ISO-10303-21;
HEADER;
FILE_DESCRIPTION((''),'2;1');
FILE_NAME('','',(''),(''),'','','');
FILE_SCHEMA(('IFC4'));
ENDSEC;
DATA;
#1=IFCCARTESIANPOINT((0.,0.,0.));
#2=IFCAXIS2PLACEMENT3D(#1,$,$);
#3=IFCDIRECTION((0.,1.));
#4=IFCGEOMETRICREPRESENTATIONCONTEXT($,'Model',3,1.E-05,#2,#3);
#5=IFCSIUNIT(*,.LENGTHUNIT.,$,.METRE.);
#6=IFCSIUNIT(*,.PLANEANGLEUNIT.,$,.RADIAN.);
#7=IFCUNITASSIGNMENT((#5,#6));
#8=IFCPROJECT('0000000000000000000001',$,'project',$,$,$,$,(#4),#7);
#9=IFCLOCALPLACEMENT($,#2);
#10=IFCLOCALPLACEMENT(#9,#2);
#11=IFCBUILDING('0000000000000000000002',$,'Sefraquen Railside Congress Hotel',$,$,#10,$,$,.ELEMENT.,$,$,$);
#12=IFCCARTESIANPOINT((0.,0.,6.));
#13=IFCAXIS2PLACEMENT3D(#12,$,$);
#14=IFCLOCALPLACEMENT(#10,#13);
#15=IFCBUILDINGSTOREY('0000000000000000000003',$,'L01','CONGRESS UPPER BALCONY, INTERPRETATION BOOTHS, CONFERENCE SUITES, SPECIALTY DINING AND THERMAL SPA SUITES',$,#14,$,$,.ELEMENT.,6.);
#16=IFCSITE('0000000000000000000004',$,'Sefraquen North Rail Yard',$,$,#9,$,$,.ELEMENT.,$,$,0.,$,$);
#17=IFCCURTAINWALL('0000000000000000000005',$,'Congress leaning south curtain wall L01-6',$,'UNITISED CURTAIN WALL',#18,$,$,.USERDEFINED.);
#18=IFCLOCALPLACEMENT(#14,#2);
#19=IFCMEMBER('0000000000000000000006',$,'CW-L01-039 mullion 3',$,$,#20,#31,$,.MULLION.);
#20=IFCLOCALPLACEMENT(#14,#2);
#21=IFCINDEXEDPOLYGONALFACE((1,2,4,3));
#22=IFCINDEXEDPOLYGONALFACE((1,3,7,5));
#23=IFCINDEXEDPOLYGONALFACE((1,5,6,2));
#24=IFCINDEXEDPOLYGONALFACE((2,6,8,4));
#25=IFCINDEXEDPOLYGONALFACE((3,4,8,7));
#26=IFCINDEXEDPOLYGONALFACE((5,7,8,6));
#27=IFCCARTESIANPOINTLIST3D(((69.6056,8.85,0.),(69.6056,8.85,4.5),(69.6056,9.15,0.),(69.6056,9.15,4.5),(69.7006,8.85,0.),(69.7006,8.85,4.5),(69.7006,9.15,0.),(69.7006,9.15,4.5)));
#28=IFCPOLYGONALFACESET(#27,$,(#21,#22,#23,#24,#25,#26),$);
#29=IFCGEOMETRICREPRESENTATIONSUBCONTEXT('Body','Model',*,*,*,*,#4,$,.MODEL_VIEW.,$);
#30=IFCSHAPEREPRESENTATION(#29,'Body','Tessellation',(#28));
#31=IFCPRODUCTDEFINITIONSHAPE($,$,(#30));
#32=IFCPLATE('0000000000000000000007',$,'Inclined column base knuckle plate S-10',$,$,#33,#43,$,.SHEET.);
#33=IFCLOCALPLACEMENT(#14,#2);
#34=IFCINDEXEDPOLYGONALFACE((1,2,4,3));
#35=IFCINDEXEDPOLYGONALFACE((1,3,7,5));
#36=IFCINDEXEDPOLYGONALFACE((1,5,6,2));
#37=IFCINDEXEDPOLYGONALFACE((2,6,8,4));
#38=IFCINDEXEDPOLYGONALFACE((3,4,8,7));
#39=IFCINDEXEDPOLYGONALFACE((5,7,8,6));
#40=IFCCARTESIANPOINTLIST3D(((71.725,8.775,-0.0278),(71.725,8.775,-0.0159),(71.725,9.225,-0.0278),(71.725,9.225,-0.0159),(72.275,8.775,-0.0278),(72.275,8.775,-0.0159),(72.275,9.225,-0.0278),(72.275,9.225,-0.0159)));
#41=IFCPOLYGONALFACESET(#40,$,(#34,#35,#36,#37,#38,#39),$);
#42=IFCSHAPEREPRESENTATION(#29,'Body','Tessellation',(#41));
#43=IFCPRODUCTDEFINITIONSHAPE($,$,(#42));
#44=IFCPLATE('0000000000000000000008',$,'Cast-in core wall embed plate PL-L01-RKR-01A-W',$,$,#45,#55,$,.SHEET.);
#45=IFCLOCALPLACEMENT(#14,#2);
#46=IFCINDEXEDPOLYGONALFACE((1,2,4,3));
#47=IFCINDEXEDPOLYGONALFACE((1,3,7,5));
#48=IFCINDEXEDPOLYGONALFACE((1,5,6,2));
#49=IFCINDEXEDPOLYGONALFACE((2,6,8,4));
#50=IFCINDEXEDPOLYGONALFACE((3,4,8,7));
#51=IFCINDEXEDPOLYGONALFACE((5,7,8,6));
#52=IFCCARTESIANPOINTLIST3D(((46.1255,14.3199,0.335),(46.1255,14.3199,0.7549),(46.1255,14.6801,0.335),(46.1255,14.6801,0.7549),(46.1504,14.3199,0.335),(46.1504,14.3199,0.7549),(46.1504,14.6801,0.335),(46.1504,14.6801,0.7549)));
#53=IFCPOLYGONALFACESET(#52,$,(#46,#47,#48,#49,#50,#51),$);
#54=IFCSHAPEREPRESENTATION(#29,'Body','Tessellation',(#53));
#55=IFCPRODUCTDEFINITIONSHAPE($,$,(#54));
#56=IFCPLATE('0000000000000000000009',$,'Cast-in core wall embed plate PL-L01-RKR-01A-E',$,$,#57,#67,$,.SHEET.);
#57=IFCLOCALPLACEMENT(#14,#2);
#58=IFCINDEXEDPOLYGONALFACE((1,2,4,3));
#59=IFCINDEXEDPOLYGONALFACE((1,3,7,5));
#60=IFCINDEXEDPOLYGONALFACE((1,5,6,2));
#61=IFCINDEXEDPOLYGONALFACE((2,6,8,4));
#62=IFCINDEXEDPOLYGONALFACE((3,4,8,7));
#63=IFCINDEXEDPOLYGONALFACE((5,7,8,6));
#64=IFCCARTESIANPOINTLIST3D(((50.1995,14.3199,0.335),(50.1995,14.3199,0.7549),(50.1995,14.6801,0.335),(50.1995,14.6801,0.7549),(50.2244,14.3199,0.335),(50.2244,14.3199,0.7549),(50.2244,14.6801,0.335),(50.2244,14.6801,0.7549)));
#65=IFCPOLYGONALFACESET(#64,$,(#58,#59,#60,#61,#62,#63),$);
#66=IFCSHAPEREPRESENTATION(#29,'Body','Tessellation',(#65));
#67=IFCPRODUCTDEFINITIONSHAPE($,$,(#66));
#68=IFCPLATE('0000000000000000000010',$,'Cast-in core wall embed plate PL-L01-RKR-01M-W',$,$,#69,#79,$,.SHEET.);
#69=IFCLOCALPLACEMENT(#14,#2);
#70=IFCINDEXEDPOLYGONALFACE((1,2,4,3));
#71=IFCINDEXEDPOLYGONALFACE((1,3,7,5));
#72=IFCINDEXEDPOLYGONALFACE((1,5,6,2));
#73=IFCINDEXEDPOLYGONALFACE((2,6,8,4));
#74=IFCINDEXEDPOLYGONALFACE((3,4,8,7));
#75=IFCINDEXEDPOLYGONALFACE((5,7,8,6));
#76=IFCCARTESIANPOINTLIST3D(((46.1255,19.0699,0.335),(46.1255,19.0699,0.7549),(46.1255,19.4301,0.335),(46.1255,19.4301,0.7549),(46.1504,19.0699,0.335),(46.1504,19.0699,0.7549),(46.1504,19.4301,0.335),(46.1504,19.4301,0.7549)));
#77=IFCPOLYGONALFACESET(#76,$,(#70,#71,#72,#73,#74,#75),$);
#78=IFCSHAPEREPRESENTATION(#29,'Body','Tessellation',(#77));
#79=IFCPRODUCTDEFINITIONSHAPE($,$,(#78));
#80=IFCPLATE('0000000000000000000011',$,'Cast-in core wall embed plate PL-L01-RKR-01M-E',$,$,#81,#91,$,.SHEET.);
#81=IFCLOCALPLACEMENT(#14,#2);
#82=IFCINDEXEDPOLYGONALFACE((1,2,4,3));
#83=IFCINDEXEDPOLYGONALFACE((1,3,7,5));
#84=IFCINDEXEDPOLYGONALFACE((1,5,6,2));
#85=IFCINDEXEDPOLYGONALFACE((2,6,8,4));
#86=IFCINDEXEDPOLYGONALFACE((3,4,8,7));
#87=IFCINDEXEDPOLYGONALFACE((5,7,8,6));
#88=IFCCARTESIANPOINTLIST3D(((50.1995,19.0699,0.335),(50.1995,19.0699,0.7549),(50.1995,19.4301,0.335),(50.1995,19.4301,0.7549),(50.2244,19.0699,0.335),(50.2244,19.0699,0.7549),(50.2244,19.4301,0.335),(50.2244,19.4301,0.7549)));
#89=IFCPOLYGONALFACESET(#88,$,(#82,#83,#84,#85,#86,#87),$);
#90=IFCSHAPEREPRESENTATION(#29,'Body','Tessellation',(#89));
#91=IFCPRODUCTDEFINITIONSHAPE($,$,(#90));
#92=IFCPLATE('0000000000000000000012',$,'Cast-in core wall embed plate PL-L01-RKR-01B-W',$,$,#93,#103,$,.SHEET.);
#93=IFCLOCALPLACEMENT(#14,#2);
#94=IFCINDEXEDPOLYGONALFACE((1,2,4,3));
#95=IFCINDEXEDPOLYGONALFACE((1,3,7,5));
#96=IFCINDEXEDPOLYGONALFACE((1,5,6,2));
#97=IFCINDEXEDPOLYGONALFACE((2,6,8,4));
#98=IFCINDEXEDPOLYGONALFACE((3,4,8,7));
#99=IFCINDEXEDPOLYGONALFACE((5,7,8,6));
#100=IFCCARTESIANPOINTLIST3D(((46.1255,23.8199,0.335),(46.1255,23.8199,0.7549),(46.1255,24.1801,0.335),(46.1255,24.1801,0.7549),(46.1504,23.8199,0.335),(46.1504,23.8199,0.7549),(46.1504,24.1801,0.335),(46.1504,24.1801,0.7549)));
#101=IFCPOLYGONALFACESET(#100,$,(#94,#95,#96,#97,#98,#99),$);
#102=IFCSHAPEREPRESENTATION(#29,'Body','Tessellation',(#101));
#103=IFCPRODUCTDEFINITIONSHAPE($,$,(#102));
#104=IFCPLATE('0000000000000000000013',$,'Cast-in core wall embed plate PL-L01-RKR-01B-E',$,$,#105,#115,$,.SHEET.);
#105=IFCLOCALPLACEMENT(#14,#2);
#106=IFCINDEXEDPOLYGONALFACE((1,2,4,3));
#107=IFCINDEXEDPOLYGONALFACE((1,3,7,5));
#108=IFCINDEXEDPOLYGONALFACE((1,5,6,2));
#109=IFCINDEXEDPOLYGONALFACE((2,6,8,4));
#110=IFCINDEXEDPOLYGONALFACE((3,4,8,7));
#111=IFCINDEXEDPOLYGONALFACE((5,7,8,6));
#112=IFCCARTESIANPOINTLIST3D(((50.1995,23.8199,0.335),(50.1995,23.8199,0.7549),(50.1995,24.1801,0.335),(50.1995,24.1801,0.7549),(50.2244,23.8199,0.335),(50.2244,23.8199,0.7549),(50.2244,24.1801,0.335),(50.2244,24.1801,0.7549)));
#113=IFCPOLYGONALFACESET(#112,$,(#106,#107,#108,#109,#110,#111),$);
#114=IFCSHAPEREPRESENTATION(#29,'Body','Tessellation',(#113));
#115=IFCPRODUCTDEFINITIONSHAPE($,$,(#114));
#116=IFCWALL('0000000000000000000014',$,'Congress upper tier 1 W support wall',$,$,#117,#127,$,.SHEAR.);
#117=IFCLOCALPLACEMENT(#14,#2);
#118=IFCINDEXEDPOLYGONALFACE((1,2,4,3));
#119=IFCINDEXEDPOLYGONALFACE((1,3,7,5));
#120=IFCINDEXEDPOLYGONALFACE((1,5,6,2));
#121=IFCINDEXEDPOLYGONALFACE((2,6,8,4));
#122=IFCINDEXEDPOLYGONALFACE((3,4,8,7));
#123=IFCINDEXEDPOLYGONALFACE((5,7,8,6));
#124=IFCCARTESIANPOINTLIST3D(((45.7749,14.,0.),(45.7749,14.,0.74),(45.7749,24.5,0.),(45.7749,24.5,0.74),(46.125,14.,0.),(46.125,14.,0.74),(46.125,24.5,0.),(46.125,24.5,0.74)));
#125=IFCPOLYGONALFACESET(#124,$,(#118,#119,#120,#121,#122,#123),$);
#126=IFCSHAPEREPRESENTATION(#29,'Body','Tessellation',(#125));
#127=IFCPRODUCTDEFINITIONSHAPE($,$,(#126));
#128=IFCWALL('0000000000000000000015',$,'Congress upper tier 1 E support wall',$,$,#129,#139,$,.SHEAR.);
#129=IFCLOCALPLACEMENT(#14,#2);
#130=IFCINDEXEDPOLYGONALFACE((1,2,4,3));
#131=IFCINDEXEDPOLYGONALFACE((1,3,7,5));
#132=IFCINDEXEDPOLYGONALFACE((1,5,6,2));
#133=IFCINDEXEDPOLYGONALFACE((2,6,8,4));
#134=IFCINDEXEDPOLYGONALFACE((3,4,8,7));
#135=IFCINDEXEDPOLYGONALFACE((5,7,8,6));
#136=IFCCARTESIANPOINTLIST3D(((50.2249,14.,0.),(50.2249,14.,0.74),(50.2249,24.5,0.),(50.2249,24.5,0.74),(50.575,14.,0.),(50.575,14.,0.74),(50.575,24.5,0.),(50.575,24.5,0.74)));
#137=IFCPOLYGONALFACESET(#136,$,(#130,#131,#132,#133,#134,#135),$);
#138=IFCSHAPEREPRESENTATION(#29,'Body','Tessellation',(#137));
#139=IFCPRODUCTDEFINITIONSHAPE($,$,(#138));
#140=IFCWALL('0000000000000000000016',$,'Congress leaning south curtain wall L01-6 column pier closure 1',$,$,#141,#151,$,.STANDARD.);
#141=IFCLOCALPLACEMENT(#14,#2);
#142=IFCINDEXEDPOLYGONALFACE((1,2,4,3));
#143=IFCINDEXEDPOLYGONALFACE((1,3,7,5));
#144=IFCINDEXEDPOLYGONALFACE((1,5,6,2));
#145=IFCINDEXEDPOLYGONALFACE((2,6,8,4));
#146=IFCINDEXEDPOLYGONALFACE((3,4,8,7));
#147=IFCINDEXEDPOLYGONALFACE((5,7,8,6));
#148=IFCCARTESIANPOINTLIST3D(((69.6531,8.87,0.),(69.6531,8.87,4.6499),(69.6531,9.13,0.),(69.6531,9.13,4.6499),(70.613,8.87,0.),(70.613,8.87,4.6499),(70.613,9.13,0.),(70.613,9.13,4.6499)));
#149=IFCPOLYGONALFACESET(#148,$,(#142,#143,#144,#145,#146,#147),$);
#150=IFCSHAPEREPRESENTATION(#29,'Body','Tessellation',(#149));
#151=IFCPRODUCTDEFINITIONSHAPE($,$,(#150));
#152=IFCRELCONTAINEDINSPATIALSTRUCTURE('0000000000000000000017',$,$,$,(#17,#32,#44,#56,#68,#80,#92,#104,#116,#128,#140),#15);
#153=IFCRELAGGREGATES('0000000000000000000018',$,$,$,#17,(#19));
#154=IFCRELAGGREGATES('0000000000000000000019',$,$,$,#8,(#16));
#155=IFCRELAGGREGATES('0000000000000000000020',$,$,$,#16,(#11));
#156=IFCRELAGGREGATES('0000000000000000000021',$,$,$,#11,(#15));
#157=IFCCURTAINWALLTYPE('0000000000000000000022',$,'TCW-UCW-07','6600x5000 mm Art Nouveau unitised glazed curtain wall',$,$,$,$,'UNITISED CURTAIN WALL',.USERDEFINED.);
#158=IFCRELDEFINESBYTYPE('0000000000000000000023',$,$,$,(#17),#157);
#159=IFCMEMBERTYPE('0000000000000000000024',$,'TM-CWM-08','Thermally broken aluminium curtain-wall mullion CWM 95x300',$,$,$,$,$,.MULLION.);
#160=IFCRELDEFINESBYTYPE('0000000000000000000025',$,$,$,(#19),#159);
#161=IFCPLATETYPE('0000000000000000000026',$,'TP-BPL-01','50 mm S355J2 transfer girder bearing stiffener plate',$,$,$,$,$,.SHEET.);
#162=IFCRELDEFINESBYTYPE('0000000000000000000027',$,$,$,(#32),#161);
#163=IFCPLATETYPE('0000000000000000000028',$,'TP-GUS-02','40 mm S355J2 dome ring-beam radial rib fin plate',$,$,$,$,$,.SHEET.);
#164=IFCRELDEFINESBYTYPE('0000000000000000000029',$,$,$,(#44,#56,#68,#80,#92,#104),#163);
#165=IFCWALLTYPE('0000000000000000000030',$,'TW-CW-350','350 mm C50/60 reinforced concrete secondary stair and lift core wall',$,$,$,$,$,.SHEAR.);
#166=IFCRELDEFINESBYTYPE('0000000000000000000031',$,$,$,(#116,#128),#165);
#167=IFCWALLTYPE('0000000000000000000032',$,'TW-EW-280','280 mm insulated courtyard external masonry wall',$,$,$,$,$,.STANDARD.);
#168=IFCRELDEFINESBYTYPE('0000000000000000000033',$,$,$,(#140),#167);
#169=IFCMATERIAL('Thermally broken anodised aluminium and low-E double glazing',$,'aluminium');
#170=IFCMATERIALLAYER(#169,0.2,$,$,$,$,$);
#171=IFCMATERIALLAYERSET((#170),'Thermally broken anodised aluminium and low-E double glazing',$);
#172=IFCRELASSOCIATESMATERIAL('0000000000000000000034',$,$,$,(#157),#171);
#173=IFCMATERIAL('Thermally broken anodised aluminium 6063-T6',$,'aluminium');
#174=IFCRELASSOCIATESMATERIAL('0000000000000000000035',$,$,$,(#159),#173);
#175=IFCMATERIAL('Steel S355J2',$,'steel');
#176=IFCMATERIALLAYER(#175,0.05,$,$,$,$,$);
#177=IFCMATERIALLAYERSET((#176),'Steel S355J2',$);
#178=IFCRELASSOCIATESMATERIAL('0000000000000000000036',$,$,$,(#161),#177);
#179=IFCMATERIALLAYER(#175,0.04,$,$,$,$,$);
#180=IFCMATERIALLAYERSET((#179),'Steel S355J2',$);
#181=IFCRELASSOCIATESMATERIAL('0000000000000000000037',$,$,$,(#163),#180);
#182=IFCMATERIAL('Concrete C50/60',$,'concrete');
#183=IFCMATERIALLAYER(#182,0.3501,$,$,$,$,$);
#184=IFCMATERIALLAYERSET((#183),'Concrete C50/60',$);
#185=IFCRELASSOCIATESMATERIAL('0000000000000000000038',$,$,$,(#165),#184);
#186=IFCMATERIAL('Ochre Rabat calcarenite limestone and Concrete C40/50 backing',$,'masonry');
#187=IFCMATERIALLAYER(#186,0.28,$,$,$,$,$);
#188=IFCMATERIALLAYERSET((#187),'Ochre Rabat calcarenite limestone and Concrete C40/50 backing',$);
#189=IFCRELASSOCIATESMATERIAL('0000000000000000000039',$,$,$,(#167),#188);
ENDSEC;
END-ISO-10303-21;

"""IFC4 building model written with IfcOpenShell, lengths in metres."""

from ifc_helpers import new_model, si_unit, direction, frame, frame_2d, origin, origin_2d, place, context, subcontext, project, spatial, rectangle, extrude, material, layer, layer_set, material_profile, profile_set, type_object, element, aggregate, save


model = new_model("IFC4")

# Units and contexts
model_context = context("Model", 3, precision=1e-05, world=origin(), true_north=direction((0.0, 1.0)))
body_context = subcontext(model_context, "Body", "Model", "MODEL_VIEW")
ifc_project = project(units=[si_unit("LENGTHUNIT", "METRE"), si_unit("PLANEANGLEUNIT", "RADIAN")], contexts=[model_context])

# Site, building, storey
site_placement = place(None, origin())
site = spatial("IfcSite", under=ifc_project, at=site_placement, Name="Sefraquen North Rail Yard", CompositionType="ELEMENT", RefElevation=0.0)
building_placement = place(site_placement, origin())
building = spatial("IfcBuilding", under=site, at=building_placement, Name="Sefraquen Railside Congress Hotel", CompositionType="ELEMENT")
storey_placement = place(building_placement, frame((0.0, 0.0, 6.0)))
storey = spatial("IfcBuildingStorey", under=building, at=storey_placement, Name="L01", Description="CONGRESS UPPER BALCONY, INTERPRETATION BOOTHS, CONFERENCE SUITES, SPECIALTY DINING AND THERMAL SPA SUITES", CompositionType="ELEMENT", Elevation=6.0)

# Shared definitions
ifc_material_1 = material(Name="Steel S355J2", Category="steel")

# Curtain wall, member
ifc_material_2 = material(Name="Thermally broken anodised aluminium and low-E double glazing", Category="aluminium")
ifc_layer_1 = layer(ifc_material_2, 0.2)
ifc_layer_set_1 = layer_set([ifc_layer_1], Name="Thermally broken anodised aluminium and low-E double glazing")
curtain_wall_type = type_object("IfcCurtainWallType", Name="TCW-UCW-07", Description="6600x5000 mm Art Nouveau unitised glazed curtain wall", ElementType="UNITISED CURTAIN WALL", PredefinedType="USERDEFINED", material=ifc_layer_set_1)
curtain_wall_placement = place(storey_placement, origin())
curtain_wall = element("IfcCurtainWall", 1, at=curtain_wall_placement, inside=storey, type_object=curtain_wall_type, Name="Congress leaning south curtain wall L01-6", ObjectType="UNITISED CURTAIN WALL", PredefinedType="USERDEFINED")
ifc_material_3 = material(Name="Thermally broken anodised aluminium 6063-T6", Category="aluminium")
ifc_material_profile_1 = material_profile(ifc_material_3, rectangle(XDim=0.095, YDim=0.3, at=origin_2d()), Name="CWM 95x300")
ifc_profile_set_1 = profile_set([ifc_material_profile_1], Name="Thermally broken anodised aluminium 6063-T6")
member_type = type_object("IfcMemberType", Name="TM-CWM-08", Description="Thermally broken aluminium curtain-wall mullion CWM 95x300", PredefinedType="MULLION", material=ifc_profile_set_1)
member_placement = place(storey_placement, frame((69.6531, 9.0, 0.0), z_axis=(0.0, 0.0, 1.0), x_axis=(1.0, 0.0, 0.0)))
member = element("IfcMember", 2, at=member_placement, type_object=member_type, Name="CW-L01-039 mullion 3", PredefinedType="MULLION", context=body_context, shape_type="SweptSolid", body=[
    extrude(rectangle(XDim=0.095, YDim=0.3, at=origin_2d()), origin(), (0.0, 0.0, 1.0), 4.5),
])
aggregate(curtain_wall, [member])

# Plates
ifc_layer_2 = layer(ifc_material_1, 0.05)
ifc_layer_set_2 = layer_set([ifc_layer_2], Name="Steel S355J2")
plate_type_1 = type_object("IfcPlateType", Name="TP-BPL-01", Description="50 mm S355J2 transfer girder bearing stiffener plate", PredefinedType="SHEET", material=ifc_layer_set_2)
plate_placement = place(storey_placement, frame((72.0, 9.0, -0.0278), z_axis=(0.0, 0.0, 1.0), x_axis=(1.0, 0.0, 0.0)))
element("IfcPlate", 3, at=plate_placement, inside=storey, type_object=plate_type_1, Name="Inclined column base knuckle plate S-10", PredefinedType="SHEET", context=body_context, shape_type="SweptSolid", body=[
    extrude(rectangle(XDim=0.55, YDim=0.45, at=origin_2d()), origin(), (0.0, 0.0, 1.0), 0.012),
])
ifc_layer_3 = layer(ifc_material_1, 0.04)
ifc_layer_set_3 = layer_set([ifc_layer_3], Name="Steel S355J2")
plate_type_2 = type_object("IfcPlateType", Name="TP-GUS-02", Description="40 mm S355J2 dome ring-beam radial rib fin plate", PredefinedType="SHEET", material=ifc_layer_set_3)
for number, where, z_axis, x_axis, name in (
    (4, (46.1379, 14.5, 0.335), (0.0, 0.0, 1.0), (1.0, 0.0, 0.0), "Cast-in core wall embed plate PL-L01-RKR-01A-W"),
    (5, (50.2119, 14.5, 0.335), (0.0, 0.0, 1.0), (1.0, 0.0, 0.0), "Cast-in core wall embed plate PL-L01-RKR-01A-E"),
    (6, (46.1379, 19.25, 0.335), (0.0, 0.0, 1.0), (1.0, 0.0, 0.0), "Cast-in core wall embed plate PL-L01-RKR-01M-W"),
    (7, (50.2119, 19.25, 0.335), (0.0, 0.0, 1.0), (1.0, 0.0, 0.0), "Cast-in core wall embed plate PL-L01-RKR-01M-E"),
    (8, (46.1379, 24.0, 0.335), (0.0, 0.0, 1.0), (1.0, 0.0, 0.0), "Cast-in core wall embed plate PL-L01-RKR-01B-W"),
    (9, (50.2119, 24.0, 0.335), (0.0, 0.0, 1.0), (1.0, 0.0, 0.0), "Cast-in core wall embed plate PL-L01-RKR-01B-E"),
):
    element("IfcPlate", number, at=place(storey_placement, frame(where, z_axis=z_axis, x_axis=x_axis)), inside=storey, type_object=plate_type_2, Name=name, PredefinedType="SHEET", context=body_context, shape_type="SweptSolid", body=[
        extrude(rectangle(XDim=0.0249, YDim=0.3601, at=origin_2d()), origin(), (0.0, 0.0, 1.0), 0.4199),
    ])

# Walls
ifc_material_4 = material(Name="Concrete C50/60", Category="concrete")
ifc_layer_4 = layer(ifc_material_4, 0.3501)
ifc_layer_set_4 = layer_set([ifc_layer_4], Name="Concrete C50/60")
wall_type_1 = type_object("IfcWallType", Name="TW-CW-350", Description="350 mm C50/60 reinforced concrete secondary stair and lift core wall", PredefinedType="SHEAR", material=ifc_layer_set_4)
for number, where, z_axis, x_axis, name in (
    (10, (45.95, 14.0, 0.0), (0.0, 0.0, 1.0), (0.0, 1.0, 0.0), "Congress upper tier 1 W support wall"),
    (11, (50.3999, 14.0, 0.0), (0.0, 0.0, 1.0), (0.0, 1.0, 0.0), "Congress upper tier 1 E support wall"),
):
    element("IfcWall", number, at=place(storey_placement, frame(where, z_axis=z_axis, x_axis=x_axis)), inside=storey, type_object=wall_type_1, Name=name, PredefinedType="SHEAR", context=body_context, shape_type="SweptSolid", body=[
        extrude(rectangle(XDim=10.5, YDim=0.3501, at=frame_2d((5.25, 0.0))), origin(), (0.0, 0.0, 1.0), 0.74),
    ])
ifc_material_5 = material(Name="Ochre Rabat calcarenite limestone and Concrete C40/50 backing", Category="masonry")
ifc_layer_5 = layer(ifc_material_5, 0.28)
ifc_layer_set_5 = layer_set([ifc_layer_5], Name="Ochre Rabat calcarenite limestone and Concrete C40/50 backing")
wall_type_2 = type_object("IfcWallType", Name="TW-EW-280", Description="280 mm insulated courtyard external masonry wall", PredefinedType="STANDARD", material=ifc_layer_set_5)
wall_placement = place(storey_placement, frame((69.6531, 9.0, 0.0), z_axis=(0.0, 0.0, 1.0), x_axis=(1.0, 0.0, 0.0)))
element("IfcWall", 12, at=wall_placement, inside=storey, type_object=wall_type_2, Name="Congress leaning south curtain wall L01-6 column pier closure 1", PredefinedType="STANDARD", context=body_context, shape_type="SweptSolid", body=[
    extrude(rectangle(XDim=0.96, YDim=0.26, at=frame_2d((0.48, 0.0))), origin(), (0.0, 0.0, 1.0), 4.6499),
])

save(model, "model.ifc")
